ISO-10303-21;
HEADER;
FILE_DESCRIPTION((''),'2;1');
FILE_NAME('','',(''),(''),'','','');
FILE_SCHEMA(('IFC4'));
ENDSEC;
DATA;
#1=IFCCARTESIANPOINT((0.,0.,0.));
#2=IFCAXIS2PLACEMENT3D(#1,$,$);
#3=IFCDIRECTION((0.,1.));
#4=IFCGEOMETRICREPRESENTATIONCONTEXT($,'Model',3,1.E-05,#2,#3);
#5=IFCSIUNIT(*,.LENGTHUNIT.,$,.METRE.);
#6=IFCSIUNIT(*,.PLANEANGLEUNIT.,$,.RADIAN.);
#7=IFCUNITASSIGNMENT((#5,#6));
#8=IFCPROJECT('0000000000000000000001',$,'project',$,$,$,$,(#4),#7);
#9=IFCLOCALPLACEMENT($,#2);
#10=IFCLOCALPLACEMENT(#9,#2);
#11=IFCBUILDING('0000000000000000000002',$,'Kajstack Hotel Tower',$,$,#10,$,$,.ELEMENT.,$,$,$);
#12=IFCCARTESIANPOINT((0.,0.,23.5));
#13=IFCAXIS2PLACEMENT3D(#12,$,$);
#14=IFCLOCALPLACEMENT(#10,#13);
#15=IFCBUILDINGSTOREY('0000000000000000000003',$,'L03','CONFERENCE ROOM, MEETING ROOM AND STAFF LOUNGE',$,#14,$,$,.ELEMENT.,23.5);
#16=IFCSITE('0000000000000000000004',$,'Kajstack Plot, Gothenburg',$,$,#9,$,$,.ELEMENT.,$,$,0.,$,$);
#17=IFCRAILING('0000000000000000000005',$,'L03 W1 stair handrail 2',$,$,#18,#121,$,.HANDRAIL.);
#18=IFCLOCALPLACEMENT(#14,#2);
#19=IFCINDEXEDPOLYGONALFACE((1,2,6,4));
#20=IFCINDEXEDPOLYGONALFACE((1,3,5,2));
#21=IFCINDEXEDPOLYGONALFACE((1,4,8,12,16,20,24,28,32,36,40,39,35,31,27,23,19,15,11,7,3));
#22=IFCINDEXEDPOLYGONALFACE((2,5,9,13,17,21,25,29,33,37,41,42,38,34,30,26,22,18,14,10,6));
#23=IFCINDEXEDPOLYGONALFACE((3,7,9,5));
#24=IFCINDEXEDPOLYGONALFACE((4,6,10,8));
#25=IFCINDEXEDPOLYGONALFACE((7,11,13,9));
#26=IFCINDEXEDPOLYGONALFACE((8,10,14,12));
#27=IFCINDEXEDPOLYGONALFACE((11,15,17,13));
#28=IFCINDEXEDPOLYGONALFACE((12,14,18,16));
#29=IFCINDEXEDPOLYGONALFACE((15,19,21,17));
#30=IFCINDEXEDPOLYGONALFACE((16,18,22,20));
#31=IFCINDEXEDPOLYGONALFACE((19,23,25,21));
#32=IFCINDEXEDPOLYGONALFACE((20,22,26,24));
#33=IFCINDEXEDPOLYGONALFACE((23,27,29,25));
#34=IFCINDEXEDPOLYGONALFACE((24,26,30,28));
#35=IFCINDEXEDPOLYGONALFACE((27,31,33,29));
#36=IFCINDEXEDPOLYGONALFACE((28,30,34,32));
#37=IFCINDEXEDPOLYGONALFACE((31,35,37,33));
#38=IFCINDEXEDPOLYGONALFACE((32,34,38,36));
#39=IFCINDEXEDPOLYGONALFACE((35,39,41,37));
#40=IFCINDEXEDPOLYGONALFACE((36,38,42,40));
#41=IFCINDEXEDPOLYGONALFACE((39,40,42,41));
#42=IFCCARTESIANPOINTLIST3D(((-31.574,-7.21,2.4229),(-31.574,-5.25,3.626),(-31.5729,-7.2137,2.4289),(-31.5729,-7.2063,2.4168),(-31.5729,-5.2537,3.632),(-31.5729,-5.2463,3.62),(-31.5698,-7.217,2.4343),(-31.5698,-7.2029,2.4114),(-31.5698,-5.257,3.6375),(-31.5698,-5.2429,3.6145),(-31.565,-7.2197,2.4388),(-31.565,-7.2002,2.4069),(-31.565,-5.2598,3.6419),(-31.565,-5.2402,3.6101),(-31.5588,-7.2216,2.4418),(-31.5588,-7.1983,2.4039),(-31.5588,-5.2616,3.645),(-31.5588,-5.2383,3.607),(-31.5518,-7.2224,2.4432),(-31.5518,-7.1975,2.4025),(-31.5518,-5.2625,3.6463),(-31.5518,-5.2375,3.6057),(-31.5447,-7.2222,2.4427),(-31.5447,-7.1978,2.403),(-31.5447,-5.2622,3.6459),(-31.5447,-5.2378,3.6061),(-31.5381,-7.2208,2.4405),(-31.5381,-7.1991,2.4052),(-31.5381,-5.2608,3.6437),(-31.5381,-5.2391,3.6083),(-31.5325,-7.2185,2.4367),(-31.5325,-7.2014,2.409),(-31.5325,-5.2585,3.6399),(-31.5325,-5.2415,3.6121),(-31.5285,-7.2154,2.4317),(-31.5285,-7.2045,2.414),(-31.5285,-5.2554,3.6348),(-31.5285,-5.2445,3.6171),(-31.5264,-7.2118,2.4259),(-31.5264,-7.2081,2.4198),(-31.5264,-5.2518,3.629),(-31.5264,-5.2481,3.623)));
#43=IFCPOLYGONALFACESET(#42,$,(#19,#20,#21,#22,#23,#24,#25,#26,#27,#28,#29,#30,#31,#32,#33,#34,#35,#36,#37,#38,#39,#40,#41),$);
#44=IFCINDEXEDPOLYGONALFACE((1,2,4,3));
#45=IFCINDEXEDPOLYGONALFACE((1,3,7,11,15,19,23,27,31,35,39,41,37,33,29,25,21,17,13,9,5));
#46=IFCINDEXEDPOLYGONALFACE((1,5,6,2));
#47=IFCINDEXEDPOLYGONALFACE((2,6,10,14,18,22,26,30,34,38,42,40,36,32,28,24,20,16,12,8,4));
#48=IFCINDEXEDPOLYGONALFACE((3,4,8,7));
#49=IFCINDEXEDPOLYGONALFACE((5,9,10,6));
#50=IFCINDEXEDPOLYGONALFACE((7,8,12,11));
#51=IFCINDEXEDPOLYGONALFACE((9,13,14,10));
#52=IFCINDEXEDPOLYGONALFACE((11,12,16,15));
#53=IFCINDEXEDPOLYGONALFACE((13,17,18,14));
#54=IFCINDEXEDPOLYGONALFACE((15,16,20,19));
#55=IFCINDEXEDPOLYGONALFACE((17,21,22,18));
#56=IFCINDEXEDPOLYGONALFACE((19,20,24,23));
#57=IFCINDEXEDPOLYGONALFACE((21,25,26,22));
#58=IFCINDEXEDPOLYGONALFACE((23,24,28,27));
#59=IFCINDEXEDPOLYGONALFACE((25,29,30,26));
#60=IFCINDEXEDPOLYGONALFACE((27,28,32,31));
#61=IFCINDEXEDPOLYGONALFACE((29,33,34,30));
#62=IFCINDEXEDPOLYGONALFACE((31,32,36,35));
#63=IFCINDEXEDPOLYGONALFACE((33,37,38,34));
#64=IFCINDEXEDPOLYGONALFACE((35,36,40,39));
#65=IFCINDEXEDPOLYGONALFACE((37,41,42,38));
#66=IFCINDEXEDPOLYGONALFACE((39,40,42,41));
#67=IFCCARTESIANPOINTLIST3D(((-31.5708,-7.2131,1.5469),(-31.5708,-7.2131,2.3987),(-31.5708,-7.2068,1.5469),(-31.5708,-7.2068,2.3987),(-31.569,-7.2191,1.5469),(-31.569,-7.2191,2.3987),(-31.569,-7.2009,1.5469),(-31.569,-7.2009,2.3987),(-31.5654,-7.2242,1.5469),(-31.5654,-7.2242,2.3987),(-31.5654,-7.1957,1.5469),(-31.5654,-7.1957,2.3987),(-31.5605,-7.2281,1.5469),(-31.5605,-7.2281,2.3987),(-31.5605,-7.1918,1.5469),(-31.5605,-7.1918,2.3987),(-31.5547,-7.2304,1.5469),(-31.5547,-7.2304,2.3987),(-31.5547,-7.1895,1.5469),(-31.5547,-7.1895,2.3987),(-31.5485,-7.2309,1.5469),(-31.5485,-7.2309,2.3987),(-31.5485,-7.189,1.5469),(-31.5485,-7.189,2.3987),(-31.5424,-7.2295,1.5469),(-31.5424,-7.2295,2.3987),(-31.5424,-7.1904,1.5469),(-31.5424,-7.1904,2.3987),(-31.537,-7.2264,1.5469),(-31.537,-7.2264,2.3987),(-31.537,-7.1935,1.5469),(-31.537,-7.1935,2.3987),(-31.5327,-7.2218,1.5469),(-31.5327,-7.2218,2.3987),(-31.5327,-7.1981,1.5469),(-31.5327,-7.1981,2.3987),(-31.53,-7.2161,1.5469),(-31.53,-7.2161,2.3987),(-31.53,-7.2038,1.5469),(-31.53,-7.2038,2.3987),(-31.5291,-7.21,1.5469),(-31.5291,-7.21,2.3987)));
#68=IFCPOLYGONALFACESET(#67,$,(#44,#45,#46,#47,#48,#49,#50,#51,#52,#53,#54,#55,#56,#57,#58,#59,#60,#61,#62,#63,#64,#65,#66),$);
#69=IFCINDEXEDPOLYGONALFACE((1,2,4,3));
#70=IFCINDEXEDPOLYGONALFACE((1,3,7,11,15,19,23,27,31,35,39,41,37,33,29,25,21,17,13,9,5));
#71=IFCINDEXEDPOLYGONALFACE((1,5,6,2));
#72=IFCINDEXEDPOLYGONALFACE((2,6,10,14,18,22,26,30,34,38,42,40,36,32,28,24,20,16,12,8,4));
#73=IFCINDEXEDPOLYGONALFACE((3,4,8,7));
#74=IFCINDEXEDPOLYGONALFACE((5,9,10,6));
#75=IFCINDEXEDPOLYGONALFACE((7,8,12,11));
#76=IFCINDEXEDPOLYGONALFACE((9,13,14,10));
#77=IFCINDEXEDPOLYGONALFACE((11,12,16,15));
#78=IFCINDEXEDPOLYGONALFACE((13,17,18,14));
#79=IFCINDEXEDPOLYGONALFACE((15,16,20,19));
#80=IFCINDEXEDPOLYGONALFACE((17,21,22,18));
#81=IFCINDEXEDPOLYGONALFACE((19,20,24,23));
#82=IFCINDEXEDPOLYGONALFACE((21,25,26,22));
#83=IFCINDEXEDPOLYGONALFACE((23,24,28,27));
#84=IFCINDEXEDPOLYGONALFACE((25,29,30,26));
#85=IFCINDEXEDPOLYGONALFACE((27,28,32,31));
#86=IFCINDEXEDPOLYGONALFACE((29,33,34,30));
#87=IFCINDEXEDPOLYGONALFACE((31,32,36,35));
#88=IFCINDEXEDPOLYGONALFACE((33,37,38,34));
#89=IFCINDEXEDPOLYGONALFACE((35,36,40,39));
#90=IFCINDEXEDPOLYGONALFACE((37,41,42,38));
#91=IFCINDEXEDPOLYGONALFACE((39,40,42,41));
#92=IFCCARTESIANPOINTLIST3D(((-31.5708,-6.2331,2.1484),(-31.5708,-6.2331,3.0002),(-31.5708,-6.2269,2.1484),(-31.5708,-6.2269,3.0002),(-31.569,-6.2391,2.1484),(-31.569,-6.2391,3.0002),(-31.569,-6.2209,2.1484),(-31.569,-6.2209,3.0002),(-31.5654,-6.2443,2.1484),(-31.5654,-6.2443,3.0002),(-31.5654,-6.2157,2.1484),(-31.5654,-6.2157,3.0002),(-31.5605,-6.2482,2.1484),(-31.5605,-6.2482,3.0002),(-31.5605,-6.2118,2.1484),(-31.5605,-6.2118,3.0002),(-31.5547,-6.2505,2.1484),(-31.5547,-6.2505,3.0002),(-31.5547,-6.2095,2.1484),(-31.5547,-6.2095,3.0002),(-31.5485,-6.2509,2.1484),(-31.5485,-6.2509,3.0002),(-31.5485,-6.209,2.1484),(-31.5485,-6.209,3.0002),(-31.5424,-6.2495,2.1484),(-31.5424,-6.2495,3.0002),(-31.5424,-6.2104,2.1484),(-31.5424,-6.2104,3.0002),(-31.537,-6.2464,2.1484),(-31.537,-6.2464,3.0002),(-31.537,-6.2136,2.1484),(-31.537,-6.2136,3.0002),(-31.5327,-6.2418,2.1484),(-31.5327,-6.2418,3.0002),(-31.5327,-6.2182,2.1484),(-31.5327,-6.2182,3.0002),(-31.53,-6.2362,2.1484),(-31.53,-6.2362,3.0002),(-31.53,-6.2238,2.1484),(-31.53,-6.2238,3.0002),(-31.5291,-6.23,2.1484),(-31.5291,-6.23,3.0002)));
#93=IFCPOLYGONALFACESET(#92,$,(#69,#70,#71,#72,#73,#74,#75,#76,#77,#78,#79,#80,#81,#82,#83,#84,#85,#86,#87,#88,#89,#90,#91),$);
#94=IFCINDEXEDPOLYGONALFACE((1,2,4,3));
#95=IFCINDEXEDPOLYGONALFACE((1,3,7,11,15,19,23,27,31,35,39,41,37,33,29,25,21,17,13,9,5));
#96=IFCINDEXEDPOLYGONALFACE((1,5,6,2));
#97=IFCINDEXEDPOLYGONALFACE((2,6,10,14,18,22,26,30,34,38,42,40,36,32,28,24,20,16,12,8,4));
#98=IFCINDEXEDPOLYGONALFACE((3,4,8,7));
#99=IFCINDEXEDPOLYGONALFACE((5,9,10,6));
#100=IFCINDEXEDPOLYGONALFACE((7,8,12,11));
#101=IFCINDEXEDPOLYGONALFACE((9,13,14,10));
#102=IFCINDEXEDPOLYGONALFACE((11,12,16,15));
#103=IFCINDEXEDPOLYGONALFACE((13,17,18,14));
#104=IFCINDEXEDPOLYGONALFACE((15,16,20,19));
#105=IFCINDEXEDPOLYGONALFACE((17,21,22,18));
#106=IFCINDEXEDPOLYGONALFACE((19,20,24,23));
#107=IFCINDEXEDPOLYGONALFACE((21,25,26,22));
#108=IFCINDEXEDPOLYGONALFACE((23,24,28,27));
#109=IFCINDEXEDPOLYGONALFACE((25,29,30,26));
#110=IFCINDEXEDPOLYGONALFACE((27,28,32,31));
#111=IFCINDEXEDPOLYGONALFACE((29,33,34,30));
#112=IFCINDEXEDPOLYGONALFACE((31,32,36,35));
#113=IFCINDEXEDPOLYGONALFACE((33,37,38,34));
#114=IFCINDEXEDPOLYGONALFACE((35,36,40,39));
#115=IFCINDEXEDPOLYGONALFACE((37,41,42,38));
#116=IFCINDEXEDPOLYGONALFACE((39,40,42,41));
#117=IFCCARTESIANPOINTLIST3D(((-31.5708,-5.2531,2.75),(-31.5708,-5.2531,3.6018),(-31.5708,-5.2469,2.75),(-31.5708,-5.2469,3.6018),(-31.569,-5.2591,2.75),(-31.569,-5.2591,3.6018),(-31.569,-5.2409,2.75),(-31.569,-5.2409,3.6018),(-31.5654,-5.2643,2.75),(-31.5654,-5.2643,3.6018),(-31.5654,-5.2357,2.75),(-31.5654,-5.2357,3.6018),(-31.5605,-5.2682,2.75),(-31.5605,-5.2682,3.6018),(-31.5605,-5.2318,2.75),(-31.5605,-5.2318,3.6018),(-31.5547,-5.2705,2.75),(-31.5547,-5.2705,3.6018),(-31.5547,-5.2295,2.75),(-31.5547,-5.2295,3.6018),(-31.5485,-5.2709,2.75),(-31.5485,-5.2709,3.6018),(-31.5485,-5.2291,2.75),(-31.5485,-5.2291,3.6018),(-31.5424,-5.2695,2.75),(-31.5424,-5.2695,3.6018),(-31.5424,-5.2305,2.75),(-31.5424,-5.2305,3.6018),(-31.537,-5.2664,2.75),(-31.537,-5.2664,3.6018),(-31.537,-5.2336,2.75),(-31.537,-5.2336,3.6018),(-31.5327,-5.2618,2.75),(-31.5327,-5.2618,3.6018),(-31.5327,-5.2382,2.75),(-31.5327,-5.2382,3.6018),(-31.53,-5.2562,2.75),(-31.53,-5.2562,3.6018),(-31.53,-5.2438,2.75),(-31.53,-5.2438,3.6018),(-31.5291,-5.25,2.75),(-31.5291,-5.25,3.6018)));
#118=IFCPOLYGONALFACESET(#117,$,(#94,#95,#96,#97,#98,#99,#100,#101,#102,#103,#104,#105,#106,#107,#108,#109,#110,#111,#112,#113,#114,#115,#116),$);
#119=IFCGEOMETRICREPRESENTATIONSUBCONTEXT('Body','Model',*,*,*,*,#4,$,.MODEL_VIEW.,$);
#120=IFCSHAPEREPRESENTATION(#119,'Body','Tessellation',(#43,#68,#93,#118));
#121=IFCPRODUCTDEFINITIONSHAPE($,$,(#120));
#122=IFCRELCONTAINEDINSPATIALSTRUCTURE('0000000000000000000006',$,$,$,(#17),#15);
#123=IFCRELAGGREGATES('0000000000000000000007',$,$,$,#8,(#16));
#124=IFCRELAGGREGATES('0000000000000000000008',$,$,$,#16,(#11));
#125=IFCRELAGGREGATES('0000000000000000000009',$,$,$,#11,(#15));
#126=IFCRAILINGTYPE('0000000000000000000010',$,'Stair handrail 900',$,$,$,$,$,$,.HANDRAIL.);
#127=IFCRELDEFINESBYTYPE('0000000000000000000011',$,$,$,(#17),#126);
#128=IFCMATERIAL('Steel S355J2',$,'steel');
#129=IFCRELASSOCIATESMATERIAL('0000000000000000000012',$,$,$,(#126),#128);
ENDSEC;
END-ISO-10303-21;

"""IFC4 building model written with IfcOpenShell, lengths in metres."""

from ifc_helpers import new_model, si_unit, direction, frame, origin, origin_2d, place, context, subcontext, project, spatial, circle, extrude, material, type_object, element, save


model = new_model("IFC4")

# Units and contexts
model_context = context("Model", 3, precision=1e-05, world=origin(), true_north=direction((0.0, 1.0)))
body_context = subcontext(model_context, "Body", "Model", "MODEL_VIEW")
ifc_project = project(units=[si_unit("LENGTHUNIT", "METRE"), si_unit("PLANEANGLEUNIT", "RADIAN")], contexts=[model_context])

# Site, building, storey
site_placement = place(None, origin())
site = spatial("IfcSite", under=ifc_project, at=site_placement, Name="Kajstack Plot, Gothenburg", CompositionType="ELEMENT", RefElevation=0.0)
building_placement = place(site_placement, origin())
building = spatial("IfcBuilding", under=site, at=building_placement, Name="Kajstack Hotel Tower", CompositionType="ELEMENT")
storey_placement = place(building_placement, frame((0.0, 0.0, 23.5)))
storey = spatial("IfcBuildingStorey", under=building, at=storey_placement, Name="L03", Description="CONFERENCE ROOM, MEETING ROOM AND STAFF LOUNGE", CompositionType="ELEMENT", Elevation=23.5)

# Railing
ifc_material_1 = material(Name="Steel S355J2", Category="steel")
railing_type_1 = type_object("IfcRailingType", Name="Stair handrail 900", PredefinedType="HANDRAIL", material=ifc_material_1)
railing_1_placement = place(storey_placement, frame((-31.55, -7.21, 1.5469)))
element("IfcRailing", 1, at=railing_1_placement, inside=storey, type_object=railing_type_1, Name="L03 W1 stair handrail 2", PredefinedType="HANDRAIL", context=body_context, shape_type="SweptSolid", body=[
    extrude(circle(Radius=0.0239, at=origin_2d()), frame((0.0, 0.0, 0.876), z_axis=(0.0, 0.852241, 0.523149), x_axis=(-1.0, 0.0, 0.0)), (0.0, 0.0, 1.0), 2.2998),
    extrude(circle(Radius=0.021, at=origin_2d()), origin(), (0.0, 0.0, 1.0), 0.8518),
    extrude(circle(Radius=0.021, at=origin_2d()), frame((0.0, 0.98, 0.6016)), (0.0, 0.0, 1.0), 0.8518),
    extrude(circle(Radius=0.021, at=origin_2d()), frame((0.0, 1.96, 1.2031)), (0.0, 0.0, 1.0), 0.8518),
])

save(model, "model.ifc")
